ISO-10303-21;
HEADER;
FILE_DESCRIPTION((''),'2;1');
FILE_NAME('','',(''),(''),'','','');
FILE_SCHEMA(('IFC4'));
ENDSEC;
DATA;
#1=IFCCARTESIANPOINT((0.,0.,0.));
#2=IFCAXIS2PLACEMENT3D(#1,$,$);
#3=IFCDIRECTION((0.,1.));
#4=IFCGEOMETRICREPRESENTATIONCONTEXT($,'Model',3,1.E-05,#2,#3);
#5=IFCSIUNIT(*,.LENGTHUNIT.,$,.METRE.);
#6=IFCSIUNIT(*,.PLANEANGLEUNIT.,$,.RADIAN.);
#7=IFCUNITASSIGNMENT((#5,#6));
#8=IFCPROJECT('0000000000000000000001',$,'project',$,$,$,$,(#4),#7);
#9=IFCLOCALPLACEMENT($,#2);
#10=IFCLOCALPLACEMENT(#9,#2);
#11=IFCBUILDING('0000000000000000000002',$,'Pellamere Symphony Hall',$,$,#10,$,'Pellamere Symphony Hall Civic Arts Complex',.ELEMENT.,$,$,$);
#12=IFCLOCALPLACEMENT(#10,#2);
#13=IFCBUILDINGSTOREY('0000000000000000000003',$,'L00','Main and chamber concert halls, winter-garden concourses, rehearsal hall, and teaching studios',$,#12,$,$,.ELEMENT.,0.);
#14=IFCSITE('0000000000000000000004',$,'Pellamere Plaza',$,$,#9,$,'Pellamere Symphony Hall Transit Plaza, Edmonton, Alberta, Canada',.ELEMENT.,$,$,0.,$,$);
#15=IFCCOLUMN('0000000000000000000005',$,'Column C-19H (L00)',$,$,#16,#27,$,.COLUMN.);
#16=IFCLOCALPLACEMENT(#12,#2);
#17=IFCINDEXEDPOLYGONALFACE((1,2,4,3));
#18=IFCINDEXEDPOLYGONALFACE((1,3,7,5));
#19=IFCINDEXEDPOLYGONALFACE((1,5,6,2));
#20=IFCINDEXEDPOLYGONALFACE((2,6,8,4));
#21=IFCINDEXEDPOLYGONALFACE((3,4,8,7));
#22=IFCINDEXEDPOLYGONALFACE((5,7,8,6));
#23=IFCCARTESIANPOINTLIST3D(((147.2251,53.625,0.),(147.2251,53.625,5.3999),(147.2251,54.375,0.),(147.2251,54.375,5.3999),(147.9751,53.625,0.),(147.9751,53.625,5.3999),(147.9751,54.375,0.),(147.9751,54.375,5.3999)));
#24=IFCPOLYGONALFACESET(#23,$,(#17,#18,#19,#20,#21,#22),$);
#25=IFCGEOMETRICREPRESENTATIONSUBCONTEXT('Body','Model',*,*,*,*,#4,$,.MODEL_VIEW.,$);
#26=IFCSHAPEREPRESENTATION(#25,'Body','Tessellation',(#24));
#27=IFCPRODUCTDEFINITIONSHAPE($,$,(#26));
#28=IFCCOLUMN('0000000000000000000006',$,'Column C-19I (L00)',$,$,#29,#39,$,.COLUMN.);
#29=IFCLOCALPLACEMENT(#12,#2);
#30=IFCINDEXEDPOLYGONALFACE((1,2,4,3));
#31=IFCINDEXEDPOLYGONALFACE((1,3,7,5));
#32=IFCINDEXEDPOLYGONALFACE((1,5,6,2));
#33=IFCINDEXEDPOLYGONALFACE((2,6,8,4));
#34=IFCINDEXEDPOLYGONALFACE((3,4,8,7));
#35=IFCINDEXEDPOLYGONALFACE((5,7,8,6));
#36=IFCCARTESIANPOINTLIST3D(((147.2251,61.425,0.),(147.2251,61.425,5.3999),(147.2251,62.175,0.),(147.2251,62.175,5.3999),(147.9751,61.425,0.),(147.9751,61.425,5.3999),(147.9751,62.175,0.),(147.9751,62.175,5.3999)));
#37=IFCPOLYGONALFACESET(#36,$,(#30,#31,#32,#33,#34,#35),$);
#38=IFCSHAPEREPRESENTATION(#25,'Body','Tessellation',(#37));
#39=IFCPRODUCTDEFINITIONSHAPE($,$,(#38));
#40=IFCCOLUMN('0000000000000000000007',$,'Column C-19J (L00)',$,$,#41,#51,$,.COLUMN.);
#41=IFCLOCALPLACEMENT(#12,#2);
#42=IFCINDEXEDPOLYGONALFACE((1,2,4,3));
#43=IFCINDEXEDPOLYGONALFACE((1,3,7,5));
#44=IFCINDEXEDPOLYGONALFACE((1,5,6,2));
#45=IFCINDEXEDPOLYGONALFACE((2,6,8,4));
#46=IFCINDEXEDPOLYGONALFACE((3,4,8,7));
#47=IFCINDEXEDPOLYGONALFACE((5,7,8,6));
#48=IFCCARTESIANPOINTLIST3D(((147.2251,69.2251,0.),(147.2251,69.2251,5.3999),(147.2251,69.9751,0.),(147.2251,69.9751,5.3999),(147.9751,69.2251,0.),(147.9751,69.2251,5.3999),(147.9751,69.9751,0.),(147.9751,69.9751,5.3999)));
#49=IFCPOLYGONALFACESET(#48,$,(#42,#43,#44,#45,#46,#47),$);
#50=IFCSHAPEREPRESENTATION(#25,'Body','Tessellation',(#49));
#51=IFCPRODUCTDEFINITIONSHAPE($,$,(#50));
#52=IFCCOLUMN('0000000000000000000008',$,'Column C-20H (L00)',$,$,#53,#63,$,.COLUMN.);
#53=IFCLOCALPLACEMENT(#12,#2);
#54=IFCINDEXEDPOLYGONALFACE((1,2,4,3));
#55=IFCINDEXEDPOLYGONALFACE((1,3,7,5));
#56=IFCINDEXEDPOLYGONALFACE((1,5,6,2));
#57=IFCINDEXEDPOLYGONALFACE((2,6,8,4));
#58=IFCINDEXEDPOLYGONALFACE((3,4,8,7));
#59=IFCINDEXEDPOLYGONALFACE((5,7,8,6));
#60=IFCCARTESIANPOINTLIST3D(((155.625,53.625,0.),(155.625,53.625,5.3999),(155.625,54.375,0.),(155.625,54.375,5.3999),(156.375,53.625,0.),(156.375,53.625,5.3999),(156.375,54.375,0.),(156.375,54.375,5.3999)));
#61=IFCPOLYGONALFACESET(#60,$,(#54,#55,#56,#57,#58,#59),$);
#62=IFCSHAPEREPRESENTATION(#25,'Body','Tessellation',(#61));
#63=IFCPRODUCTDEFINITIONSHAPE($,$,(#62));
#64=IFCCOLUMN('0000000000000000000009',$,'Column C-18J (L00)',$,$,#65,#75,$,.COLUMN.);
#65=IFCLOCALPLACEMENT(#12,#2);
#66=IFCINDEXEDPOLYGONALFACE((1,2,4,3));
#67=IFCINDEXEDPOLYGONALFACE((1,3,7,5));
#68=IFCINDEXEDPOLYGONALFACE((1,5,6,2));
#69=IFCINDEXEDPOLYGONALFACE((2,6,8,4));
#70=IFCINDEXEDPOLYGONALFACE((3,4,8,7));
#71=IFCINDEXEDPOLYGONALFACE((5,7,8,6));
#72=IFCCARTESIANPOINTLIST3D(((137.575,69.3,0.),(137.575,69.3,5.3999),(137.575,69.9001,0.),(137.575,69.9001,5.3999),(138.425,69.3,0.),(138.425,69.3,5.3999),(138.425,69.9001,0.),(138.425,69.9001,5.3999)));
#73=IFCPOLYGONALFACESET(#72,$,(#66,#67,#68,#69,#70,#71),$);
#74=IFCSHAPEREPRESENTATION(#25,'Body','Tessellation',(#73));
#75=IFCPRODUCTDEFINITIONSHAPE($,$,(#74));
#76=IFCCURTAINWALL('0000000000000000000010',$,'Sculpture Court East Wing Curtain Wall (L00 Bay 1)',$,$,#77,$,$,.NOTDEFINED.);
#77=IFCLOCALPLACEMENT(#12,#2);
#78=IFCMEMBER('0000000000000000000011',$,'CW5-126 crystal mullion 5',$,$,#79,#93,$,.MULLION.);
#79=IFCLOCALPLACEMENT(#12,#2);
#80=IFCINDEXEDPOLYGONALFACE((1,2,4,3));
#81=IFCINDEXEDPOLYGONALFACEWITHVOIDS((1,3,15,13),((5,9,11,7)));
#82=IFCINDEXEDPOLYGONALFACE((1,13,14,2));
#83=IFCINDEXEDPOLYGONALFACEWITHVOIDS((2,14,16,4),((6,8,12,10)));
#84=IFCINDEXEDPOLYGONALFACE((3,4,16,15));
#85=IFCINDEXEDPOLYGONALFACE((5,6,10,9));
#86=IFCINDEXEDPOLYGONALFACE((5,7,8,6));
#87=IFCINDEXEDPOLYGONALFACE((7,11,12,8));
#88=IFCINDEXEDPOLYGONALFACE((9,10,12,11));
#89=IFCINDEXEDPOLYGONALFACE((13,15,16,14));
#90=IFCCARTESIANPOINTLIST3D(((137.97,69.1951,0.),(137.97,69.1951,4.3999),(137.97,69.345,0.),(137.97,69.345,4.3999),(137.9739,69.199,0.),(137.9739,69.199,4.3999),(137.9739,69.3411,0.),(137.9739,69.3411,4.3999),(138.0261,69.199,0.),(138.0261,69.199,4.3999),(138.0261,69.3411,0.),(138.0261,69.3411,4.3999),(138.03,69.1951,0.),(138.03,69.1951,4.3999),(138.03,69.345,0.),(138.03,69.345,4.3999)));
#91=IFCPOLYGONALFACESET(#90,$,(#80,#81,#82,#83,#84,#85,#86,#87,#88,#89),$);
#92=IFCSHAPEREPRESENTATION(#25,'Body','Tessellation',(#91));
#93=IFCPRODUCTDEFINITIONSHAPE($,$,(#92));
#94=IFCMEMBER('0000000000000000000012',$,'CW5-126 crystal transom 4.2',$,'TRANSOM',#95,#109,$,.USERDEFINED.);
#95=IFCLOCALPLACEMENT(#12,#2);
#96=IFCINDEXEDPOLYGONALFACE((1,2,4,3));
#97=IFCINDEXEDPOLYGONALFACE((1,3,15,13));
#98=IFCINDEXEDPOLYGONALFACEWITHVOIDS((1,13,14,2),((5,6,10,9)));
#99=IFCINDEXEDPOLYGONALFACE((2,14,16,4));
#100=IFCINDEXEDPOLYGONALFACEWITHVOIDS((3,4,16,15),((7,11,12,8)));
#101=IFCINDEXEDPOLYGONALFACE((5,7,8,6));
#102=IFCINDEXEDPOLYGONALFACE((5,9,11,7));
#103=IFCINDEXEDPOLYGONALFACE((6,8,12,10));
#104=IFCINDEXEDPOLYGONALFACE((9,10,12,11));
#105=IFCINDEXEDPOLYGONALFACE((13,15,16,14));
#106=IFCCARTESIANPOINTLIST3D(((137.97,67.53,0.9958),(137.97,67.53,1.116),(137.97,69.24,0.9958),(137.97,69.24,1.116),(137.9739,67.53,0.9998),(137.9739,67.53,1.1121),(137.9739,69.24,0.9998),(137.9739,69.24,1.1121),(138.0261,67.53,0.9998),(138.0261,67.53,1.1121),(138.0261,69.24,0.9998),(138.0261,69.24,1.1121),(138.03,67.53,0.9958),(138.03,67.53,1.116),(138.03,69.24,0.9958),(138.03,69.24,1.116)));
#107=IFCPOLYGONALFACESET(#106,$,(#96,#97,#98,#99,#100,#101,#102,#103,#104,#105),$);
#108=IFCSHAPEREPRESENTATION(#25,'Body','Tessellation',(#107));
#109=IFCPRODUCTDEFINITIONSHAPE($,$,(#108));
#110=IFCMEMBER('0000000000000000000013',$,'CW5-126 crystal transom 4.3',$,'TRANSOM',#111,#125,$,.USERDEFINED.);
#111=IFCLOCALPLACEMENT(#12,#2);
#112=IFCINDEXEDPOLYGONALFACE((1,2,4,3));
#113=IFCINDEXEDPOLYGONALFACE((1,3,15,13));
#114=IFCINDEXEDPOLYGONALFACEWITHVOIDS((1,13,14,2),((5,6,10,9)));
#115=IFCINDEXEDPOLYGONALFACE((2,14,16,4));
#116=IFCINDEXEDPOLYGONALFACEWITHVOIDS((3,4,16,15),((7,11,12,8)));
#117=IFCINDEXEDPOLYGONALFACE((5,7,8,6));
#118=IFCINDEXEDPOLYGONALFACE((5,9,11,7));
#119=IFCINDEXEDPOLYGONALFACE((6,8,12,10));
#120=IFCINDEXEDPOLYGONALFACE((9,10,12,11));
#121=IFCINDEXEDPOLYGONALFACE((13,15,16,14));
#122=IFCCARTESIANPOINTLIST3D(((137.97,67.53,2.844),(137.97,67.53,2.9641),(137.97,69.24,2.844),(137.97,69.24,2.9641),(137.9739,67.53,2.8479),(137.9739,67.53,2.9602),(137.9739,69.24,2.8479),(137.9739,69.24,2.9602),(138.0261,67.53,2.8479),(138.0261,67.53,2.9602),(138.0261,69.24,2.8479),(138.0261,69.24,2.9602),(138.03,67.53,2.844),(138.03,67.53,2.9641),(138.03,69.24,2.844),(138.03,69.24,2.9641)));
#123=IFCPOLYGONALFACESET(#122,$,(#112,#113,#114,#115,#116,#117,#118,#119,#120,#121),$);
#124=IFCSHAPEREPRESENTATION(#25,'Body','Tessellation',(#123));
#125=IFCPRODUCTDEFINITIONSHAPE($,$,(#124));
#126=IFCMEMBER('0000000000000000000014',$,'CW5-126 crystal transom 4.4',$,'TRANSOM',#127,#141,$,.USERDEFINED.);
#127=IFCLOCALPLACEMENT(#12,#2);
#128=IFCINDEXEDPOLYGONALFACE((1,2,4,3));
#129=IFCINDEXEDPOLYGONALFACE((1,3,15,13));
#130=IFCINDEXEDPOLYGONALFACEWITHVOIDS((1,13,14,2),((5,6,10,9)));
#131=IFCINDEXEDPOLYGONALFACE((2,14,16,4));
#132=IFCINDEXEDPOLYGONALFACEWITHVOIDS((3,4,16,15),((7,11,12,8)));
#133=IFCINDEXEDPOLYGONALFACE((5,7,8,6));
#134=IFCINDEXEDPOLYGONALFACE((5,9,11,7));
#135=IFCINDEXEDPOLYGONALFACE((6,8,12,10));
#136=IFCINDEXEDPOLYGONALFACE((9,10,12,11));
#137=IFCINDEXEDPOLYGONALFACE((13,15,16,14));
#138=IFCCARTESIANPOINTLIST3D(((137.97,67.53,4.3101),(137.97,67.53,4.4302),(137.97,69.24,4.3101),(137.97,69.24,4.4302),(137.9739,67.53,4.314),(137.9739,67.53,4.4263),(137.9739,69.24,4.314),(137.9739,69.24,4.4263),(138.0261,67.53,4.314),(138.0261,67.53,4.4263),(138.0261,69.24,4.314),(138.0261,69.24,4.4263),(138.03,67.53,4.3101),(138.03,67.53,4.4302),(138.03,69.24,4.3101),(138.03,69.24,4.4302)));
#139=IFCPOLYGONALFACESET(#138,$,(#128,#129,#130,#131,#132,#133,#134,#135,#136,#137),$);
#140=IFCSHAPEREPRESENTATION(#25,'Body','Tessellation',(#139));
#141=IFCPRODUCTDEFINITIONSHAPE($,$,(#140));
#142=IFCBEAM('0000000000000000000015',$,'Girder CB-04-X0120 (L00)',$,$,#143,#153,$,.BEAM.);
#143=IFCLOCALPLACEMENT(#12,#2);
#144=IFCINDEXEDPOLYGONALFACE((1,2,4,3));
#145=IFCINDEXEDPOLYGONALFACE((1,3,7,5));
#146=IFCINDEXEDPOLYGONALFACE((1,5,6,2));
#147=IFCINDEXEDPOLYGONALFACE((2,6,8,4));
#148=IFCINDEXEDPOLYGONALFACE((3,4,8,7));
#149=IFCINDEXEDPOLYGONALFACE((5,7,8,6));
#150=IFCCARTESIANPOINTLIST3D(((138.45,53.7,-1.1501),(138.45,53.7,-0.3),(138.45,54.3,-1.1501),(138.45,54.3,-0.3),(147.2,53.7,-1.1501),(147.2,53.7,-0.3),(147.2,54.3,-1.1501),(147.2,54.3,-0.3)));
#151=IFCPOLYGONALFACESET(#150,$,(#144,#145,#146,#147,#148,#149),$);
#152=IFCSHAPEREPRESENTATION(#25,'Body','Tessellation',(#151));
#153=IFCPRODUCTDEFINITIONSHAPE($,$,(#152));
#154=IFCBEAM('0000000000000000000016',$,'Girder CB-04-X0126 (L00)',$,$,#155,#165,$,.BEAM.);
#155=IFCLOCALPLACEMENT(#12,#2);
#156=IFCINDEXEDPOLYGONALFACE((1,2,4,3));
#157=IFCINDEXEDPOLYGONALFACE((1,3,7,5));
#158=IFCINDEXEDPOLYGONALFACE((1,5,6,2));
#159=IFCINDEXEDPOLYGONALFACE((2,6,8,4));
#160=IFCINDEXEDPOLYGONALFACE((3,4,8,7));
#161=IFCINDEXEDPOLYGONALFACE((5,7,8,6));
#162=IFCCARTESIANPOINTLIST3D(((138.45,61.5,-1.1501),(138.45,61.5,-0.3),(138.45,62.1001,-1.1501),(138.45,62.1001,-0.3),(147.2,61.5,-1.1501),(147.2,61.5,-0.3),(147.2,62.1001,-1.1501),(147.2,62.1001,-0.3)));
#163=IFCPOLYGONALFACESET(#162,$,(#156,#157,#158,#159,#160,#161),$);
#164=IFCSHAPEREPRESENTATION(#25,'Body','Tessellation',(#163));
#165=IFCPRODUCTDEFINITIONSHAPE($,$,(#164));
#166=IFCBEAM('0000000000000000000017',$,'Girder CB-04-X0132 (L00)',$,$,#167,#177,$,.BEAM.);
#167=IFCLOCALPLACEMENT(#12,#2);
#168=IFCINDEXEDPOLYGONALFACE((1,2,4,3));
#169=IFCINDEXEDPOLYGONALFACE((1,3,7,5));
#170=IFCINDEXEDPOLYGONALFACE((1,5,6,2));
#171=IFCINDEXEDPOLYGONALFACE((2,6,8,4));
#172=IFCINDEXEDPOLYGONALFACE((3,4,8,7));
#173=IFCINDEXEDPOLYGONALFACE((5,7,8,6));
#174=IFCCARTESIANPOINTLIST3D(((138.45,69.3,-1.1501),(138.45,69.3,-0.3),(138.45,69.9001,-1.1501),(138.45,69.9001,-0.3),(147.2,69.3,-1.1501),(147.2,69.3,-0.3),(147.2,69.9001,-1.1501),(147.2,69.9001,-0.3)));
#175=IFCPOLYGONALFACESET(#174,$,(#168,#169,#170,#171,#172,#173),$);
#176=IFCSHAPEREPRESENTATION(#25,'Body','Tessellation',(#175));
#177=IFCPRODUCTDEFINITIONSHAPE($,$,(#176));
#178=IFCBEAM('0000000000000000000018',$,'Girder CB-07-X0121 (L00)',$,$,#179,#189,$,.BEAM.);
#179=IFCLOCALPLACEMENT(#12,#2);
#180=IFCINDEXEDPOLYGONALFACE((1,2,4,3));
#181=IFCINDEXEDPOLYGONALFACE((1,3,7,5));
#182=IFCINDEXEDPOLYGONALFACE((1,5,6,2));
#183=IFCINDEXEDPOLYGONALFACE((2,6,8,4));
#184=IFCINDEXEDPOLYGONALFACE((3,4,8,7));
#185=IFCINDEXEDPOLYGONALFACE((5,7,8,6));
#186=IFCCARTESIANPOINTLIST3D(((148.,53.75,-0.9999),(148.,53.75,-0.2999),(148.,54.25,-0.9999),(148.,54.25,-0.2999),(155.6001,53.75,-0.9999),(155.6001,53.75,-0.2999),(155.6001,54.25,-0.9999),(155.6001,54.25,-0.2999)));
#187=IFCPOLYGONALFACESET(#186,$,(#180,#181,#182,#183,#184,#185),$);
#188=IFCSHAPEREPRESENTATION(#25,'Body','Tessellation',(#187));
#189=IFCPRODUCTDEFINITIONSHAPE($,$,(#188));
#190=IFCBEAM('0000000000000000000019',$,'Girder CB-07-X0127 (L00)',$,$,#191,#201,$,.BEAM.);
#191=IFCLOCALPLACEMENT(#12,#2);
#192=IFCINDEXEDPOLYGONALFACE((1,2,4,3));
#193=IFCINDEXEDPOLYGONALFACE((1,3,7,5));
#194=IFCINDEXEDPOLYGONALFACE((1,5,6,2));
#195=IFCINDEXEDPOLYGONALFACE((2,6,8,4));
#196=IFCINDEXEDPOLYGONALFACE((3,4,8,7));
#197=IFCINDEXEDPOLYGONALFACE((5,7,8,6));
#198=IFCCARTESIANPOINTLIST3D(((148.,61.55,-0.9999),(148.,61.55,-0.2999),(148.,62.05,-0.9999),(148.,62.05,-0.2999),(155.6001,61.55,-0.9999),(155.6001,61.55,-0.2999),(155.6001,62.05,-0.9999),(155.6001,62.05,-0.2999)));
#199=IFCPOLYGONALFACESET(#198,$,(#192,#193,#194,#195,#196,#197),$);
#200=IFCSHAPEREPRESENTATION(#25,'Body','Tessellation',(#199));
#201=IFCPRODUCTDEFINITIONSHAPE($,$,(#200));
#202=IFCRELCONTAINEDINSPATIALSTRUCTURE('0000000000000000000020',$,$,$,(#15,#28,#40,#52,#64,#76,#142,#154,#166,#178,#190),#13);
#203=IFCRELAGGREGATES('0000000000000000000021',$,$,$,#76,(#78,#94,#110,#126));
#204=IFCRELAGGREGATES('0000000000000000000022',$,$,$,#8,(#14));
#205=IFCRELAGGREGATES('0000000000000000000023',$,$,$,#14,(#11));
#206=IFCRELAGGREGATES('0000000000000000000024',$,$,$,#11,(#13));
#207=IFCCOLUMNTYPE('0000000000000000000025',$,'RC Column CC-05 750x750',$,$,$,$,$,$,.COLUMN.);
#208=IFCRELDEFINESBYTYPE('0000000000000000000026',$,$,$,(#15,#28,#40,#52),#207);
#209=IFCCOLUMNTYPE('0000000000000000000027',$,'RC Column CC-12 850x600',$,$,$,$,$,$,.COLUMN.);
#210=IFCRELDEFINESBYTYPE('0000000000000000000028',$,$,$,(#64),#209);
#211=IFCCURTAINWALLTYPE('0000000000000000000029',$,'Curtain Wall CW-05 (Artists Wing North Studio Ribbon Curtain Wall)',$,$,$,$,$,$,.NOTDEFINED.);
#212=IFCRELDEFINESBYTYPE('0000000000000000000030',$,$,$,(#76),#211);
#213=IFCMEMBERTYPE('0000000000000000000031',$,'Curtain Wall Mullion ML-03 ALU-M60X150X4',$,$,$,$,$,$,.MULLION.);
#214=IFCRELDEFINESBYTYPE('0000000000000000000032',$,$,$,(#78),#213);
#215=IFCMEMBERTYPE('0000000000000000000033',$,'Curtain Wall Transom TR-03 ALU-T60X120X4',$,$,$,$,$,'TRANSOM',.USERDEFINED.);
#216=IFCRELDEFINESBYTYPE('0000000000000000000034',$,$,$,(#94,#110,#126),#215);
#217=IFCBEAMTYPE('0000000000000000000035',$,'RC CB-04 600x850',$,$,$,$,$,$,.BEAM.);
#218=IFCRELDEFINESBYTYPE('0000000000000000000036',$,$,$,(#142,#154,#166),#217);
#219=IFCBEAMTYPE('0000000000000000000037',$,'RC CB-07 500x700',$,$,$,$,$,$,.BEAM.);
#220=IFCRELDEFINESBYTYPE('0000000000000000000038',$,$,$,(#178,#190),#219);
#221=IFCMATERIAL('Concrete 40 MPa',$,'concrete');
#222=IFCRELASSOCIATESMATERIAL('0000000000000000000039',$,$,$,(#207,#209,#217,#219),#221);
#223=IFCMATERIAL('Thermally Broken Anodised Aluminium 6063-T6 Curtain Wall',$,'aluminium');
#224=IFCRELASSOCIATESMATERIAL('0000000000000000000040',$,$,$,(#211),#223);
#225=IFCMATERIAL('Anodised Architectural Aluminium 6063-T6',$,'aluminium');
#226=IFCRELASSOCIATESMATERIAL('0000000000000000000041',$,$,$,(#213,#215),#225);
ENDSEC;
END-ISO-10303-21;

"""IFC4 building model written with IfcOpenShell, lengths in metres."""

from ifc_helpers import new_model, si_unit, direction, frame, origin, origin_2d, place, context, subcontext, project, spatial, rectangle, hollow_rectangle, extrude, material, material_profile, profile_set, type_object, element, aggregate, save


model = new_model("IFC4")

# Units and contexts
model_context = context("Model", 3, precision=1e-05, world=origin(), true_north=direction((0.0, 1.0)))
body_context = subcontext(model_context, "Body", "Model", "MODEL_VIEW")
ifc_project = project(units=[si_unit("LENGTHUNIT", "METRE"), si_unit("PLANEANGLEUNIT", "RADIAN")], contexts=[model_context])

# Site, building, storey
site_placement = place(None, origin())
site = spatial("IfcSite", under=ifc_project, at=site_placement, Name="Pellamere Plaza", LongName="Pellamere Symphony Hall Transit Plaza, Edmonton, Alberta, Canada", CompositionType="ELEMENT", RefElevation=0.0)
building_placement = place(site_placement, origin())
building = spatial("IfcBuilding", under=site, at=building_placement, Name="Pellamere Symphony Hall", LongName="Pellamere Symphony Hall Civic Arts Complex", CompositionType="ELEMENT")
storey_placement = place(building_placement, origin())
storey = spatial("IfcBuildingStorey", under=building, at=storey_placement, Name="L00", Description="Main and chamber concert halls, winter-garden concourses, rehearsal hall, and teaching studios", CompositionType="ELEMENT", Elevation=0.0)

# Columns
ifc_material_1 = material(Name="Concrete 40 MPa", Category="concrete")
ifc_material_profile_1 = material_profile(ifc_material_1, rectangle(XDim=0.75, YDim=0.75, at=origin_2d()), Name="RC 750x750")
ifc_profile_set_1 = profile_set([ifc_material_profile_1], Name="Concrete 40 MPa")
column_type_1 = type_object("IfcColumnType", Name="RC Column CC-05 750x750", PredefinedType="COLUMN", material=ifc_profile_set_1)
for number, where, z_axis, x_axis, name in (
    (1, (147.6001, 54.0, 0.0), (0.0, 0.0, 1.0), (1.0, 0.0, 0.0), "Column C-19H (L00)"),
    (2, (147.6001, 61.8, 0.0), (0.0, 0.0, 1.0), (1.0, 0.0, 0.0), "Column C-19I (L00)"),
    (3, (147.6001, 69.6001, 0.0), (0.0, 0.0, 1.0), (1.0, 0.0, 0.0), "Column C-19J (L00)"),
    (4, (156.0, 54.0, 0.0), (0.0, 0.0, 1.0), (1.0, 0.0, 0.0), "Column C-20H (L00)"),
):
    element("IfcColumn", number, at=place(storey_placement, frame(where, z_axis=z_axis, x_axis=x_axis)), inside=storey, type_object=column_type_1, Name=name, PredefinedType="COLUMN", context=body_context, shape_type="SweptSolid", body=[
        extrude(rectangle(XDim=0.75, YDim=0.75, at=origin_2d()), origin(), (0.0, 0.0, 1.0), 5.3999),
    ])
ifc_material_profile_2 = material_profile(ifc_material_1, rectangle(XDim=0.8501, YDim=0.6001, at=origin_2d()), Name="RC 850x600")
ifc_profile_set_2 = profile_set([ifc_material_profile_2], Name="Concrete 40 MPa")
column_type_2 = type_object("IfcColumnType", Name="RC Column CC-12 850x600", PredefinedType="COLUMN", material=ifc_profile_set_2)
column_placement = place(storey_placement, frame((138.0, 69.6001, 0.0), z_axis=(0.0, 0.0, 1.0), x_axis=(1.0, 0.0, 0.0)))
element("IfcColumn", 5, at=column_placement, inside=storey, type_object=column_type_2, Name="Column C-18J (L00)", PredefinedType="COLUMN", context=body_context, shape_type="SweptSolid", body=[
    extrude(rectangle(XDim=0.8501, YDim=0.6001, at=origin_2d()), origin(), (0.0, 0.0, 1.0), 5.3999),
])

# Curtain wall, members
ifc_material_2 = material(Name="Thermally Broken Anodised Aluminium 6063-T6 Curtain Wall", Category="aluminium")
curtain_wall_type = type_object("IfcCurtainWallType", Name="Curtain Wall CW-05 (Artists Wing North Studio Ribbon Curtain Wall)", PredefinedType="NOTDEFINED", material=ifc_material_2)
curtain_wall_placement = place(storey_placement, origin())
curtain_wall = element("IfcCurtainWall", 6, at=curtain_wall_placement, inside=storey, type_object=curtain_wall_type, Name="Sculpture Court East Wing Curtain Wall (L00 Bay 1)", PredefinedType="NOTDEFINED")
ifc_material_3 = material(Name="Anodised Architectural Aluminium 6063-T6", Category="aluminium")
ifc_material_profile_3 = material_profile(ifc_material_3, hollow_rectangle(XDim=0.0601, YDim=0.1499, WallThickness=0.0039, at=origin_2d()), Name="ALU-M60X150X4")
ifc_profile_set_3 = profile_set([ifc_material_profile_3], Name="Anodised Architectural Aluminium 6063-T6")
member_type_1 = type_object("IfcMemberType", Name="Curtain Wall Mullion ML-03 ALU-M60X150X4", PredefinedType="MULLION", material=ifc_profile_set_3)
member_1_placement = place(storey_placement, frame((138.0, 69.27, 0.0), z_axis=(0.0, 0.0, 1.0), x_axis=(-1.0, 0.0, 0.0)))
member_1 = element("IfcMember", 7, at=member_1_placement, type_object=member_type_1, Name="CW5-126 crystal mullion 5", PredefinedType="MULLION", context=body_context, shape_type="SweptSolid", body=[
    extrude(hollow_rectangle(XDim=0.0601, YDim=0.1499, WallThickness=0.0039, at=origin_2d()), origin(), (0.0, 0.0, 1.0), 4.3999),
])
ifc_material_profile_4 = material_profile(ifc_material_3, hollow_rectangle(XDim=0.0601, YDim=0.1201, WallThickness=0.0039, at=origin_2d()), Name="ALU-T60X120X4")
ifc_profile_set_4 = profile_set([ifc_material_profile_4], Name="Anodised Architectural Aluminium 6063-T6")
member_type_2 = type_object("IfcMemberType", Name="Curtain Wall Transom TR-03 ALU-T60X120X4", ElementType="TRANSOM", PredefinedType="USERDEFINED", material=ifc_profile_set_4)
member_2_placement = place(storey_placement, frame((138.0, 67.53, 1.0559), z_axis=(0.0, 1.0, 0.0), x_axis=(-1.0, 0.0, 0.0)))
member_2 = element("IfcMember", 8, at=member_2_placement, type_object=member_type_2, Name="CW5-126 crystal transom 4.2", ObjectType="TRANSOM", PredefinedType="USERDEFINED", context=body_context, shape_type="SweptSolid", body=[
    extrude(hollow_rectangle(XDim=0.0601, YDim=0.1201, WallThickness=0.0039, at=origin_2d()), origin(), (0.0, 0.0, 1.0), 1.71),
])
member_3_placement = place(storey_placement, frame((138.0, 67.53, 2.9041), z_axis=(0.0, 1.0, 0.0), x_axis=(-1.0, 0.0, 0.0)))
member_3 = element("IfcMember", 9, at=member_3_placement, type_object=member_type_2, Name="CW5-126 crystal transom 4.3", ObjectType="TRANSOM", PredefinedType="USERDEFINED", context=body_context, shape_type="SweptSolid", body=[
    extrude(hollow_rectangle(XDim=0.0601, YDim=0.1201, WallThickness=0.0039, at=origin_2d()), origin(), (0.0, 0.0, 1.0), 1.71),
])
member_4_placement = place(storey_placement, frame((138.0, 67.53, 4.3701), z_axis=(0.0, 1.0, 0.0), x_axis=(-1.0, 0.0, 0.0)))
member_4 = element("IfcMember", 10, at=member_4_placement, type_object=member_type_2, Name="CW5-126 crystal transom 4.4", ObjectType="TRANSOM", PredefinedType="USERDEFINED", context=body_context, shape_type="SweptSolid", body=[
    extrude(hollow_rectangle(XDim=0.0601, YDim=0.1201, WallThickness=0.0039, at=origin_2d()), origin(), (0.0, 0.0, 1.0), 1.71),
])

# Beams
ifc_material_profile_5 = material_profile(ifc_material_1, rectangle(XDim=0.6001, YDim=0.8501, at=origin_2d()), Name="RC 600x850")
ifc_profile_set_5 = profile_set([ifc_material_profile_5], Name="Concrete 40 MPa")
beam_type_1 = type_object("IfcBeamType", Name="RC CB-04 600x850", PredefinedType="BEAM", material=ifc_profile_set_5)
for number, where, z_axis, x_axis, name in (
    (11, (138.45, 54.0, -0.7251), (1.0, 0.0, 0.0), (0.0, 1.0, 0.0), "Girder CB-04-X0120 (L00)"),
    (12, (138.45, 61.8, -0.7251), (1.0, 0.0, 0.0), (0.0, 1.0, 0.0), "Girder CB-04-X0126 (L00)"),
    (13, (138.45, 69.6001, -0.7251), (1.0, 0.0, 0.0), (0.0, 1.0, 0.0), "Girder CB-04-X0132 (L00)"),
):
    element("IfcBeam", number, at=place(storey_placement, frame(where, z_axis=z_axis, x_axis=x_axis)), inside=storey, type_object=beam_type_1, Name=name, PredefinedType="BEAM", context=body_context, shape_type="SweptSolid", body=[
        extrude(rectangle(XDim=0.6001, YDim=0.8501, at=origin_2d()), origin(), (0.0, 0.0, 1.0), 8.75),
    ])
ifc_material_profile_6 = material_profile(ifc_material_1, rectangle(XDim=0.5, YDim=0.7, at=origin_2d()), Name="RC 500x700")
ifc_profile_set_6 = profile_set([ifc_material_profile_6], Name="Concrete 40 MPa")
beam_type_2 = type_object("IfcBeamType", Name="RC CB-07 500x700", PredefinedType="BEAM", material=ifc_profile_set_6)
for number, where, z_axis, x_axis, name in (
    (14, (148.0, 54.0, -0.6499), (1.0, 0.0, 0.0), (0.0, 1.0, 0.0), "Girder CB-07-X0121 (L00)"),
    (15, (148.0, 61.8, -0.6499), (1.0, 0.0, 0.0), (0.0, 1.0, 0.0), "Girder CB-07-X0127 (L00)"),
):
    element("IfcBeam", number, at=place(storey_placement, frame(where, z_axis=z_axis, x_axis=x_axis)), inside=storey, type_object=beam_type_2, Name=name, PredefinedType="BEAM", context=body_context, shape_type="SweptSolid", body=[
        extrude(rectangle(XDim=0.5, YDim=0.7, at=origin_2d()), origin(), (0.0, 0.0, 1.0), 7.6001),
    ])

aggregate(curtain_wall, [member_1, member_2, member_3, member_4])

save(model, "model.ifc")
